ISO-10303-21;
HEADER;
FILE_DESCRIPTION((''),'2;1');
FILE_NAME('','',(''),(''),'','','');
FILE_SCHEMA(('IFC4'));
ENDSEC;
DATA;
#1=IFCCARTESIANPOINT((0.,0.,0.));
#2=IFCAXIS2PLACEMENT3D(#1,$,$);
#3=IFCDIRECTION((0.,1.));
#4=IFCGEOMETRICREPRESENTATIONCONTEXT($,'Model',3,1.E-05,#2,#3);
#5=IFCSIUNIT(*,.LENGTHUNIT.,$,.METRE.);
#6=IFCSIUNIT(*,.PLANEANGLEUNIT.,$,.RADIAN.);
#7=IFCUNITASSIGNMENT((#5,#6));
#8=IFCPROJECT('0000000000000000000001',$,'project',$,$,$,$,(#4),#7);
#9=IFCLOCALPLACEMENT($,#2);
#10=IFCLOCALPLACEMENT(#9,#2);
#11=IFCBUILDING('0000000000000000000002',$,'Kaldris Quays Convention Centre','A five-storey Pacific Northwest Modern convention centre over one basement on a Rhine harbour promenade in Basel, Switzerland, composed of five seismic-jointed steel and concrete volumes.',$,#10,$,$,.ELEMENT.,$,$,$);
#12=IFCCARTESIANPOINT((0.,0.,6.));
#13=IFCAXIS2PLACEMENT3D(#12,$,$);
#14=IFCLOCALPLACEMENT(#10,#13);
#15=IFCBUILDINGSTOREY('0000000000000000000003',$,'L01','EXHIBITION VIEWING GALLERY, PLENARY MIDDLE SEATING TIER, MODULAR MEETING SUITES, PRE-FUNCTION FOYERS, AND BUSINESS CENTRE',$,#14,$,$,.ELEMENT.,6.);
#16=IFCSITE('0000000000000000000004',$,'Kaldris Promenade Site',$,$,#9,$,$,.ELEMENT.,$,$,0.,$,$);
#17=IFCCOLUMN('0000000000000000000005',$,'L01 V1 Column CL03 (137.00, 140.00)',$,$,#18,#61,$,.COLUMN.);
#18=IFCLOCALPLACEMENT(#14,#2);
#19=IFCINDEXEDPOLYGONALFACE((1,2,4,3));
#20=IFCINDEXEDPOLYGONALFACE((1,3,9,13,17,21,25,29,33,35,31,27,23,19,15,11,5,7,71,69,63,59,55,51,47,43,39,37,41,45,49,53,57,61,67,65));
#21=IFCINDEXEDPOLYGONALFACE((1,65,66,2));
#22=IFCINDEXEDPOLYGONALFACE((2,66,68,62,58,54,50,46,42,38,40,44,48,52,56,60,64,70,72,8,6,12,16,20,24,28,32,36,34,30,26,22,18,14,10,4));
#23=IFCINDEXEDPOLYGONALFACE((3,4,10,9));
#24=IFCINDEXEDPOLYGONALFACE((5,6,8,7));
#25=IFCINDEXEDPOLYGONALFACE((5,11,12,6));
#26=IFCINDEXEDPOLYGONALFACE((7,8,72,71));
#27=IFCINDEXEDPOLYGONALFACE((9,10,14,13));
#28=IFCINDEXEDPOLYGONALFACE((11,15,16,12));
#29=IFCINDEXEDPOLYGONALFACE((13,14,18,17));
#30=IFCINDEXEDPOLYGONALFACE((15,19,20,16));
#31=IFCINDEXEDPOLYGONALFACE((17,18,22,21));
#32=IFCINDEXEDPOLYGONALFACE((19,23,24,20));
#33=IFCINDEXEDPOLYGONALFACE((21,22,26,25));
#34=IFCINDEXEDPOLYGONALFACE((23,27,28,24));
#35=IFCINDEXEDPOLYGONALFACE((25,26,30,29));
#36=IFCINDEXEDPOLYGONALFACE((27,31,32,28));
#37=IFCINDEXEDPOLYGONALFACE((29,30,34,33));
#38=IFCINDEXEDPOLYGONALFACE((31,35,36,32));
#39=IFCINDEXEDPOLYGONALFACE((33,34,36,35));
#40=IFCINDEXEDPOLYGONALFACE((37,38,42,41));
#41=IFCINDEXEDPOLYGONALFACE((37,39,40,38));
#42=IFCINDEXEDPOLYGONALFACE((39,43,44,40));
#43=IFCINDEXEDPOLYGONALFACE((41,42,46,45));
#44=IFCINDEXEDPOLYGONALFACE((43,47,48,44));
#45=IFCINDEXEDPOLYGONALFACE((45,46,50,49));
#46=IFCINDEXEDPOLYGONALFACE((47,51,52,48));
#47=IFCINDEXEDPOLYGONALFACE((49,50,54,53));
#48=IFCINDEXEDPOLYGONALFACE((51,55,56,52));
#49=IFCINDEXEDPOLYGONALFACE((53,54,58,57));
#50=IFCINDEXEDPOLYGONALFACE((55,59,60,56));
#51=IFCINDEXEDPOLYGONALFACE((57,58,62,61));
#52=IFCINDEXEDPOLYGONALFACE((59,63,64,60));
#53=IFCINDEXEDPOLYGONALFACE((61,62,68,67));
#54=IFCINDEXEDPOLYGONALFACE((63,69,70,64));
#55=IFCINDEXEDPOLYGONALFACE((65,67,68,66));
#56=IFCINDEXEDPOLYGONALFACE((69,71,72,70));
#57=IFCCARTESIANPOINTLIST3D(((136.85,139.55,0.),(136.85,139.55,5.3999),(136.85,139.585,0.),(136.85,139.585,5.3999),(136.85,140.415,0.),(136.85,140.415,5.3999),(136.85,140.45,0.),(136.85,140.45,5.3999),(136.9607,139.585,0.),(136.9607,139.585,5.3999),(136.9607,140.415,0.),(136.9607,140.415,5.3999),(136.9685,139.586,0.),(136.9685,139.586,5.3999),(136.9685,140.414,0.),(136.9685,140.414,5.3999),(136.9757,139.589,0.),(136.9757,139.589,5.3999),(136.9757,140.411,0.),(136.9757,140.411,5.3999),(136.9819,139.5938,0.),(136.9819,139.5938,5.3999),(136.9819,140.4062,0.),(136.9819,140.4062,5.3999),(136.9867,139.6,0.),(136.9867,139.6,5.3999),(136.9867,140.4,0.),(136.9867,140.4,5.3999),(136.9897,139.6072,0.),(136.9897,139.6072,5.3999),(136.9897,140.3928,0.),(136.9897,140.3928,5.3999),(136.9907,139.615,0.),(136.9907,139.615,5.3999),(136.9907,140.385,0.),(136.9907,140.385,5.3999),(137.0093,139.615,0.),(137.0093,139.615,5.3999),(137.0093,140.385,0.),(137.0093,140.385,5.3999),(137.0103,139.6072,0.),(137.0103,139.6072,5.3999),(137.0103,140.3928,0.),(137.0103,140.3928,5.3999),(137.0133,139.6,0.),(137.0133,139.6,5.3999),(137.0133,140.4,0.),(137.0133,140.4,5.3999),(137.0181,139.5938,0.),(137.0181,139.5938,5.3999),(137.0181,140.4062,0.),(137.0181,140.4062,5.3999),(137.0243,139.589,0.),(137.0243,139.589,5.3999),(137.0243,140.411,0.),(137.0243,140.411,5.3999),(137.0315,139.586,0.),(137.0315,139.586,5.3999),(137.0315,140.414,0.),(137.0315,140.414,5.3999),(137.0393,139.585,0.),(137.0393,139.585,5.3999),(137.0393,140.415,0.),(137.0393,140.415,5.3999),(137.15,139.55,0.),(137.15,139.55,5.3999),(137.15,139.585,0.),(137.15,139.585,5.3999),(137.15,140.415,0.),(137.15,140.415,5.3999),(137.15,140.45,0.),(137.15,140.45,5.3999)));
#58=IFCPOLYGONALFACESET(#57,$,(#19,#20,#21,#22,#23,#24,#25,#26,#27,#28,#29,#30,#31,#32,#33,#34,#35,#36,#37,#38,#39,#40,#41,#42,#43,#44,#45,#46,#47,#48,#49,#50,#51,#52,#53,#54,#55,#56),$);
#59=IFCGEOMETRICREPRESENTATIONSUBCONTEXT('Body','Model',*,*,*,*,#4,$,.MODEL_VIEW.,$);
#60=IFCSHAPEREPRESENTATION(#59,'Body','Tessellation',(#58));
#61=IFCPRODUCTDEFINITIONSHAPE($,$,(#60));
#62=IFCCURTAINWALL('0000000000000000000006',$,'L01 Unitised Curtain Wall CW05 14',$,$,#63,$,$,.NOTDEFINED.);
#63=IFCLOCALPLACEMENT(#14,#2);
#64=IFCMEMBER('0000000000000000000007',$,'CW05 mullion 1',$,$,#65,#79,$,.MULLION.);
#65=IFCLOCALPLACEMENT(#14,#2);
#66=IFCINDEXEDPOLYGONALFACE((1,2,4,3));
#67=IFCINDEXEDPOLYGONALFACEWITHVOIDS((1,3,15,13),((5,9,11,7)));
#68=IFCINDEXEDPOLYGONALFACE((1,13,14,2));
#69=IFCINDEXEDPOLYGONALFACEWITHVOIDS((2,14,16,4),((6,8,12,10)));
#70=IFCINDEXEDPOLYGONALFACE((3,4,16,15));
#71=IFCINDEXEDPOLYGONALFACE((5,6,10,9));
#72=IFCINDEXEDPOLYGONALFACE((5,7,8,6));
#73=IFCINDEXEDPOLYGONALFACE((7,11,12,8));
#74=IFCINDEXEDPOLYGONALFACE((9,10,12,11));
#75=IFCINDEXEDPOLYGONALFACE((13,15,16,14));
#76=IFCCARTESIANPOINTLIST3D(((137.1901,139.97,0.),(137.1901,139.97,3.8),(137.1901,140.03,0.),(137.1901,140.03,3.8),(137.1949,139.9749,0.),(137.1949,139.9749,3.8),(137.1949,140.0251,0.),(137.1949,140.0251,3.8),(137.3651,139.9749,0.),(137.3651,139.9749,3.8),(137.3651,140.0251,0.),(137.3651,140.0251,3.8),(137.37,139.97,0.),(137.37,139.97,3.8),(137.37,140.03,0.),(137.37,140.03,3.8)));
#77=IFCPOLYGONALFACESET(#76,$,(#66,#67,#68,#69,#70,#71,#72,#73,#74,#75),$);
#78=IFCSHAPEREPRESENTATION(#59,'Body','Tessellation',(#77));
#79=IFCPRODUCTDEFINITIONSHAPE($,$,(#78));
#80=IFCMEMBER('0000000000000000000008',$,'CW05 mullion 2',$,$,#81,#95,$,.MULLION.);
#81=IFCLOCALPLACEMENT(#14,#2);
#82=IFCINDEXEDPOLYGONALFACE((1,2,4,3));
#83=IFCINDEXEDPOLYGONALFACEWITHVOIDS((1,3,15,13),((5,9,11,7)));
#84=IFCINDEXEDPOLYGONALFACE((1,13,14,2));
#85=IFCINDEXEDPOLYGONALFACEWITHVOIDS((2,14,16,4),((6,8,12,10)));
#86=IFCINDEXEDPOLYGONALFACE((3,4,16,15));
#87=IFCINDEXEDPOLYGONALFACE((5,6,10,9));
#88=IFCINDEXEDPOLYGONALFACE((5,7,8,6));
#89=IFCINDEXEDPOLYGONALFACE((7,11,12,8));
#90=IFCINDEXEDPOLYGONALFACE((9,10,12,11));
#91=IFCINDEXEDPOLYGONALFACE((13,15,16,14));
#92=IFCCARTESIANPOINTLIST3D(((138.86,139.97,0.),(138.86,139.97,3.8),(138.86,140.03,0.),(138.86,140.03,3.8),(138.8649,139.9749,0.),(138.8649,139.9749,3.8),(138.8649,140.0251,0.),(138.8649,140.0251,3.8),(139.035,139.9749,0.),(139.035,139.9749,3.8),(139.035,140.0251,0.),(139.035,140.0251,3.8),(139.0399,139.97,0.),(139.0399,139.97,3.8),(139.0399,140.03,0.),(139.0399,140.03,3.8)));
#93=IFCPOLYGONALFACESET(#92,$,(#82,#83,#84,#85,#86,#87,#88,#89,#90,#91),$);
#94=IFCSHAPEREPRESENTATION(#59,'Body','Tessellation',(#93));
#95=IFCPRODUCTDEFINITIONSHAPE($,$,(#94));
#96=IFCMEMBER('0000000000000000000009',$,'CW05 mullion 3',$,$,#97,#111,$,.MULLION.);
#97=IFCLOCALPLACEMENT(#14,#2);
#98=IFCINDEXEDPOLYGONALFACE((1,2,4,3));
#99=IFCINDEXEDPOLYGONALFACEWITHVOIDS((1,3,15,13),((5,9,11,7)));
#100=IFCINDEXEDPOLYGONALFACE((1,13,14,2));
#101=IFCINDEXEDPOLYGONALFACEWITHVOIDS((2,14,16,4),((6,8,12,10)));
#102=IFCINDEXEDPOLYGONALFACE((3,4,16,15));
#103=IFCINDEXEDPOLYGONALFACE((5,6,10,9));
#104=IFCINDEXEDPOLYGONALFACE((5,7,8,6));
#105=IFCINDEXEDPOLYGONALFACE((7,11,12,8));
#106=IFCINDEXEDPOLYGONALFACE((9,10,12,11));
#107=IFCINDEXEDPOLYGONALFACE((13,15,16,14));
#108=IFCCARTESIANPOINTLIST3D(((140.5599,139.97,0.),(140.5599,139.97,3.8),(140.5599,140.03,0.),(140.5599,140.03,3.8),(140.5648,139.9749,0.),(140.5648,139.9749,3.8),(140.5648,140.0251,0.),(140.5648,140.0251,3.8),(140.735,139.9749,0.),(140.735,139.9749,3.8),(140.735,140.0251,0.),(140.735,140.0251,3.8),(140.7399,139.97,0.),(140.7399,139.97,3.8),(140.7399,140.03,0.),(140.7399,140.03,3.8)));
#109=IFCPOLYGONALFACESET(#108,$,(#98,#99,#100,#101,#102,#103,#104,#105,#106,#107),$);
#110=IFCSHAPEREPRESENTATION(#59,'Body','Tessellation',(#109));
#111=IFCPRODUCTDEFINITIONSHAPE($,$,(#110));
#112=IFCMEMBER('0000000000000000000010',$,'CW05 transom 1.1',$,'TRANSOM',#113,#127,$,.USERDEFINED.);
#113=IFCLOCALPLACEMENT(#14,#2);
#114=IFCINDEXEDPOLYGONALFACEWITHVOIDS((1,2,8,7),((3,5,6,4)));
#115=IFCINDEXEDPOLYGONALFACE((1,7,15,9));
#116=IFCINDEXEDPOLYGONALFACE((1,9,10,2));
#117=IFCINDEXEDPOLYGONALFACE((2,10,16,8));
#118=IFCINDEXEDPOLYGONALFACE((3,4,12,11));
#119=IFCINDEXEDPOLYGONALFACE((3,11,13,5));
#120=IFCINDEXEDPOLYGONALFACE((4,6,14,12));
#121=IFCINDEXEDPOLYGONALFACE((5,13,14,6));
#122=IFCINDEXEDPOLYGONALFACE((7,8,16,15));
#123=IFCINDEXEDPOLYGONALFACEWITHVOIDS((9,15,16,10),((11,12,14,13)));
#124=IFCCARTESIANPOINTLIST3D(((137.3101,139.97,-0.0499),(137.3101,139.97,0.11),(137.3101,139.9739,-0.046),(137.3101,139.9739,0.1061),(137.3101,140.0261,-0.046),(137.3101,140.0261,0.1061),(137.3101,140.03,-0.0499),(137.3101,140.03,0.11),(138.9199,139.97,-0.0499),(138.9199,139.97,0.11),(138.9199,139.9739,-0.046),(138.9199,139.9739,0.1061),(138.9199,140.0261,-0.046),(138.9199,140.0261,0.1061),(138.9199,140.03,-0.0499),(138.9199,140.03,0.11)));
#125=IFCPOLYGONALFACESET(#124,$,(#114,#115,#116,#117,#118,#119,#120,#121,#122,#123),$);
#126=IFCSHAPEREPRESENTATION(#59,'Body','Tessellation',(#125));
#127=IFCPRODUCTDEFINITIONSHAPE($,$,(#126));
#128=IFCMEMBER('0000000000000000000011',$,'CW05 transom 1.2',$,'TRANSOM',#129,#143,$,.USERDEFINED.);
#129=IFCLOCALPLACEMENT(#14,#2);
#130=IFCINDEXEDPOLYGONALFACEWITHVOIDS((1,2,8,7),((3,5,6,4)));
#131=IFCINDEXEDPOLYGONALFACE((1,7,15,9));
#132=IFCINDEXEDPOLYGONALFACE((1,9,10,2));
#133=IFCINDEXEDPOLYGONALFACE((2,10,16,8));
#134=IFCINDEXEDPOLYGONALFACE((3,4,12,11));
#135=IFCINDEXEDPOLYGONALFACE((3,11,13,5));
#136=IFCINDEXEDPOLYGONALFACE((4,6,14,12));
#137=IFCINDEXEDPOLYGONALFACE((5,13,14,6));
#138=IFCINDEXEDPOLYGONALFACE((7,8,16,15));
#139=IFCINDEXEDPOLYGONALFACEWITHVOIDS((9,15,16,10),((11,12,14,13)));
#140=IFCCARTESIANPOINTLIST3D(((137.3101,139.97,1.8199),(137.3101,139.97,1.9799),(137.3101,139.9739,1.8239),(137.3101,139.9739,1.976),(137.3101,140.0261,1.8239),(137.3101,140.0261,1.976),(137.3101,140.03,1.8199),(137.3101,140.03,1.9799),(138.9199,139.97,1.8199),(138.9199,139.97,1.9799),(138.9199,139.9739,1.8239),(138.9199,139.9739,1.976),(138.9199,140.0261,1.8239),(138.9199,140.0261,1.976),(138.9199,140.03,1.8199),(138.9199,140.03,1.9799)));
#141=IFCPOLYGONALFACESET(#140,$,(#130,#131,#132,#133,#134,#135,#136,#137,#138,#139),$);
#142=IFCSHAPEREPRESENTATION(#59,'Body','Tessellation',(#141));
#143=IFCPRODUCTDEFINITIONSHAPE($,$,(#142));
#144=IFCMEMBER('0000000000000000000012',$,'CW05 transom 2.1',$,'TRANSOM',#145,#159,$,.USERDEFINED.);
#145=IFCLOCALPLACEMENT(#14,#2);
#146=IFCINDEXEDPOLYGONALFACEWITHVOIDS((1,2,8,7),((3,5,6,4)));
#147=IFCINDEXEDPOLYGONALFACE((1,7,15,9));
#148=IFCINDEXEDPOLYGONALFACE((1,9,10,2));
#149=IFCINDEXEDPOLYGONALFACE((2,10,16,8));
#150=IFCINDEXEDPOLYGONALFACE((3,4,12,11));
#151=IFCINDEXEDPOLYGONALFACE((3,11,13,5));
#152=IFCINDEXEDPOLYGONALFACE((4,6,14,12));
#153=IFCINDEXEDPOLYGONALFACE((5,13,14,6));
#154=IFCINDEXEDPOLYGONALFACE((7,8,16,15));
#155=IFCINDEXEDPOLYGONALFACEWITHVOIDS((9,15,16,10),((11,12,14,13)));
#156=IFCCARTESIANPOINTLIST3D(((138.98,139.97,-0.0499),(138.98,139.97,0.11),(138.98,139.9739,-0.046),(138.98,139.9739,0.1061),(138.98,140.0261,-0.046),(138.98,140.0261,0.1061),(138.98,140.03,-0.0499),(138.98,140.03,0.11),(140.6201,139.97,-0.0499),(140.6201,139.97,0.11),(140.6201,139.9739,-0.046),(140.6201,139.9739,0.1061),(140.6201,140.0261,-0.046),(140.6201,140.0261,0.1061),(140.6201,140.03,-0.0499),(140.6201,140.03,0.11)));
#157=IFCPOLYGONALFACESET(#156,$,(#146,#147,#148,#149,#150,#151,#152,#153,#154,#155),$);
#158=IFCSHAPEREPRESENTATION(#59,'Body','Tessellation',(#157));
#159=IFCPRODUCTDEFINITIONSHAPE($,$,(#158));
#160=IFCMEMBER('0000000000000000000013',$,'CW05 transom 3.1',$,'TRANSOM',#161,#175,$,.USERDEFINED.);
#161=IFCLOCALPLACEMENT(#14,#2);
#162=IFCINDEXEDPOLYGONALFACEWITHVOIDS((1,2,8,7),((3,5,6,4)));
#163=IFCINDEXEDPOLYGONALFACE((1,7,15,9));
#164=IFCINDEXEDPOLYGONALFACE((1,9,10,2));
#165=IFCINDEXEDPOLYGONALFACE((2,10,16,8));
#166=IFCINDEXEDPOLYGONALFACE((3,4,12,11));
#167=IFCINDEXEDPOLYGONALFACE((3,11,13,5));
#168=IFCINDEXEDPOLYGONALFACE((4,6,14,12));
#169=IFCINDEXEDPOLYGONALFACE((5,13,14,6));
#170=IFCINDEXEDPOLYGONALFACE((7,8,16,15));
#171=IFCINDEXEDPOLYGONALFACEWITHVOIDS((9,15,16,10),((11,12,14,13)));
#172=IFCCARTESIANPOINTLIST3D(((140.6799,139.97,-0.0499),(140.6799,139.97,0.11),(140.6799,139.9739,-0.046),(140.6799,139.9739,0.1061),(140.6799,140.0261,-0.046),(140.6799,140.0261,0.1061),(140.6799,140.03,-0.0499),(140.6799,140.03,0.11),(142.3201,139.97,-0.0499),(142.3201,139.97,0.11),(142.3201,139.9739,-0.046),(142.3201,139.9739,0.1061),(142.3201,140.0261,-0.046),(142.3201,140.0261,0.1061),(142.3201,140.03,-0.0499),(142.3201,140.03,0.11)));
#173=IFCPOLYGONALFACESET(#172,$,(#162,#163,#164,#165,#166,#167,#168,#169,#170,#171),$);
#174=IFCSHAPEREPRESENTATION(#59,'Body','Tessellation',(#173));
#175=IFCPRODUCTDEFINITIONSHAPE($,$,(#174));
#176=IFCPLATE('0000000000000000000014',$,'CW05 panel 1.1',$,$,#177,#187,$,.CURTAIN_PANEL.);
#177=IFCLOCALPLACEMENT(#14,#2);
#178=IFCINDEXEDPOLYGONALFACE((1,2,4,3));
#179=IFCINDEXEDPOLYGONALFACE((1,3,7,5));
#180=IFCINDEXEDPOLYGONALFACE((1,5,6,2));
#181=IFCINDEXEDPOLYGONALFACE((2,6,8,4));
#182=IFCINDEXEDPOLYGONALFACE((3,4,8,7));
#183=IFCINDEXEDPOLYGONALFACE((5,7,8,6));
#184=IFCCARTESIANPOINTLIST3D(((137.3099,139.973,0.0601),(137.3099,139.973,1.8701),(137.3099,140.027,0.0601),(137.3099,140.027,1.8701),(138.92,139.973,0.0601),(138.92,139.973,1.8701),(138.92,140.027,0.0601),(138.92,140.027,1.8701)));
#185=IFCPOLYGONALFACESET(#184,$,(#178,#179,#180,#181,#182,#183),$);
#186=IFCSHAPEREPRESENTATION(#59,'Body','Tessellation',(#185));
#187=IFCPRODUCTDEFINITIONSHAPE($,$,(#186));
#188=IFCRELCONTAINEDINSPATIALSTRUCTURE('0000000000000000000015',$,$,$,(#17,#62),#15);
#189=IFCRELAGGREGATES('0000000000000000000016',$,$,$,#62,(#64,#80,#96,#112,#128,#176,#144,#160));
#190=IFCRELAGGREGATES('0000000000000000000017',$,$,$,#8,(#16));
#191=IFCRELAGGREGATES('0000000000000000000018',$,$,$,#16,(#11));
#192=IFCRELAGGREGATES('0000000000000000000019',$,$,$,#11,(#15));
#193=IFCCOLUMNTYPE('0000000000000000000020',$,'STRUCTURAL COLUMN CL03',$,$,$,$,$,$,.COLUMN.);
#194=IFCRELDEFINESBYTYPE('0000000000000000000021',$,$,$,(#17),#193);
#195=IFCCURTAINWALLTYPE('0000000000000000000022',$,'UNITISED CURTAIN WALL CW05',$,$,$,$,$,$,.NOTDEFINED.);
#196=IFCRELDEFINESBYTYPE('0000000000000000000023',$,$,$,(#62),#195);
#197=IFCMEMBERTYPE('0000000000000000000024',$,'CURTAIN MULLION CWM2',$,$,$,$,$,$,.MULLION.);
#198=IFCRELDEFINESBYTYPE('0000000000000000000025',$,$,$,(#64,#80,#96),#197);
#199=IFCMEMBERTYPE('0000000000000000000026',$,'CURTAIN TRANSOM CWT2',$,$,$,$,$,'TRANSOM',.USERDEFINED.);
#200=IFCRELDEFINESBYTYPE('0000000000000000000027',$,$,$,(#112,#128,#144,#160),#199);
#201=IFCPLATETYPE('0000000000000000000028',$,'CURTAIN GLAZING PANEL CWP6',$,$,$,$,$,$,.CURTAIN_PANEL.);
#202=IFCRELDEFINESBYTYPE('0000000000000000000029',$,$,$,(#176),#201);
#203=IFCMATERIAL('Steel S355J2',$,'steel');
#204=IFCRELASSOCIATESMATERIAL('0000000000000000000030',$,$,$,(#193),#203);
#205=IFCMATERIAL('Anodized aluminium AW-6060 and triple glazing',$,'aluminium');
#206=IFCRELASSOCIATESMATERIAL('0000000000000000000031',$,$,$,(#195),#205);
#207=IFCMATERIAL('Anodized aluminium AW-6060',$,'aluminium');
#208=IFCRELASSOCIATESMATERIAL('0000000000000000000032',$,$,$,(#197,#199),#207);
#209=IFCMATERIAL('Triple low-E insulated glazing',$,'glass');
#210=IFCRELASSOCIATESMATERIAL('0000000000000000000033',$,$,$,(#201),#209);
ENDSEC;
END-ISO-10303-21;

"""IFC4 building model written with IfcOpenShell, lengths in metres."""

from ifc_helpers import new_model, si_unit, direction, frame, origin, origin_2d, place, context, subcontext, project, spatial, rectangle, hollow_rectangle, i_section, extrude, material, material_profile, profile_set, type_object, element, aggregate, save


model = new_model("IFC4")

# Units and contexts
model_context = context("Model", 3, precision=1e-05, world=origin(), true_north=direction((0.0, 1.0)))
body_context = subcontext(model_context, "Body", "Model", "MODEL_VIEW")
ifc_project = project(units=[si_unit("LENGTHUNIT", "METRE"), si_unit("PLANEANGLEUNIT", "RADIAN")], contexts=[model_context])

# Site, building, storey
site_placement = place(None, origin())
site = spatial("IfcSite", under=ifc_project, at=site_placement, Name="Kaldris Promenade Site", CompositionType="ELEMENT", RefElevation=0.0)
building_placement = place(site_placement, origin())
building = spatial("IfcBuilding", under=site, at=building_placement, Name="Kaldris Quays Convention Centre", Description="A five-storey Pacific Northwest Modern convention centre over one basement on a Rhine harbour promenade in Basel, Switzerland, composed of five seismic-jointed steel and concrete volumes.", CompositionType="ELEMENT")
storey_placement = place(building_placement, frame((0.0, 0.0, 6.0)))
storey = spatial("IfcBuildingStorey", under=building, at=storey_placement, Name="L01", Description="EXHIBITION VIEWING GALLERY, PLENARY MIDDLE SEATING TIER, MODULAR MEETING SUITES, PRE-FUNCTION FOYERS, AND BUSINESS CENTRE", CompositionType="ELEMENT", Elevation=6.0)

# Column
ifc_material_1 = material(Name="Steel S355J2", Category="steel")
ifc_material_profile_1 = material_profile(ifc_material_1, i_section(OverallWidth=0.3, OverallDepth=0.8999, WebThickness=0.0186, FlangeThickness=0.0349, FilletRadius=0.03, at=origin_2d()), Name="HEB 900")
ifc_profile_set_1 = profile_set([ifc_material_profile_1], Name="Steel S355J2")
column_type = type_object("IfcColumnType", Name="STRUCTURAL COLUMN CL03", PredefinedType="COLUMN", material=ifc_profile_set_1)
column_placement = place(storey_placement, frame((137.0, 140.0, 0.0), z_axis=(0.0, 0.0, 1.0), x_axis=(1.0, 0.0, 0.0)))
element("IfcColumn", 1, at=column_placement, inside=storey, type_object=column_type, Name="L01 V1 Column CL03 (137.00, 140.00)", PredefinedType="COLUMN", context=body_context, shape_type="SweptSolid", body=[
    extrude(i_section(OverallWidth=0.3, OverallDepth=0.8999, WebThickness=0.0186, FlangeThickness=0.0349, FilletRadius=0.03, at=origin_2d()), origin(), (0.0, 0.0, 1.0), 5.3999),
])

# Curtain wall, members, plate
ifc_material_2 = material(Name="Anodized aluminium AW-6060 and triple glazing", Category="aluminium")
curtain_wall_type = type_object("IfcCurtainWallType", Name="UNITISED CURTAIN WALL CW05", PredefinedType="NOTDEFINED", material=ifc_material_2)
curtain_wall_placement = place(storey_placement, origin())
curtain_wall = element("IfcCurtainWall", 2, at=curtain_wall_placement, inside=storey, type_object=curtain_wall_type, Name="L01 Unitised Curtain Wall CW05 14", PredefinedType="NOTDEFINED")
ifc_material_3 = material(Name="Anodized aluminium AW-6060", Category="aluminium")
ifc_material_profile_2 = material_profile(ifc_material_3, hollow_rectangle(XDim=0.0601, YDim=0.1799, WallThickness=0.0049, at=origin_2d()), Name="RHS 180x60x5")
ifc_profile_set_2 = profile_set([ifc_material_profile_2], Name="Anodized aluminium AW-6060")
member_type_1 = type_object("IfcMemberType", Name="CURTAIN MULLION CWM2", PredefinedType="MULLION", material=ifc_profile_set_2)
member_1_placement = place(storey_placement, frame((137.28, 140.0, 0.0), z_axis=(0.0, 0.0, 1.0), x_axis=(0.0, 1.0, 0.0)))
member_1 = element("IfcMember", 3, at=member_1_placement, type_object=member_type_1, Name="CW05 mullion 1", PredefinedType="MULLION", context=body_context, shape_type="SweptSolid", body=[
    extrude(hollow_rectangle(XDim=0.0601, YDim=0.1799, WallThickness=0.0049, at=origin_2d()), origin(), (0.0, 0.0, 1.0), 3.8),
])
member_2_placement = place(storey_placement, frame((138.95, 140.0, 0.0), z_axis=(0.0, 0.0, 1.0), x_axis=(0.0, 1.0, 0.0)))
member_2 = element("IfcMember", 4, at=member_2_placement, type_object=member_type_1, Name="CW05 mullion 2", PredefinedType="MULLION", context=body_context, shape_type="SweptSolid", body=[
    extrude(hollow_rectangle(XDim=0.0601, YDim=0.1799, WallThickness=0.0049, at=origin_2d()), origin(), (0.0, 0.0, 1.0), 3.8),
])
member_3_placement = place(storey_placement, frame((140.6499, 140.0, 0.0), z_axis=(0.0, 0.0, 1.0), x_axis=(0.0, 1.0, 0.0)))
member_3 = element("IfcMember", 5, at=member_3_placement, type_object=member_type_1, Name="CW05 mullion 3", PredefinedType="MULLION", context=body_context, shape_type="SweptSolid", body=[
    extrude(hollow_rectangle(XDim=0.0601, YDim=0.1799, WallThickness=0.0049, at=origin_2d()), origin(), (0.0, 0.0, 1.0), 3.8),
])
ifc_material_profile_3 = material_profile(ifc_material_3, hollow_rectangle(XDim=0.0601, YDim=0.1599, WallThickness=0.0039, at=origin_2d()), Name="RHS 160x60x4")
ifc_profile_set_3 = profile_set([ifc_material_profile_3], Name="Anodized aluminium AW-6060")
member_type_2 = type_object("IfcMemberType", Name="CURTAIN TRANSOM CWT2", ElementType="TRANSOM", PredefinedType="USERDEFINED", material=ifc_profile_set_3)
member_4_placement = place(storey_placement, frame((137.3101, 140.0, 0.03), z_axis=(1.0, 0.0, 0.0), x_axis=(0.0, 1.0, 0.0)))
member_4 = element("IfcMember", 6, at=member_4_placement, type_object=member_type_2, Name="CW05 transom 1.1", ObjectType="TRANSOM", PredefinedType="USERDEFINED", context=body_context, shape_type="SweptSolid", body=[
    extrude(hollow_rectangle(XDim=0.0601, YDim=0.1599, WallThickness=0.0039, at=origin_2d()), origin(), (0.0, 0.0, 1.0), 1.6099),
])
member_5_placement = place(storey_placement, frame((137.3101, 140.0, 1.8999), z_axis=(1.0, 0.0, 0.0), x_axis=(0.0, 1.0, 0.0)))
member_5 = element("IfcMember", 7, at=member_5_placement, type_object=member_type_2, Name="CW05 transom 1.2", ObjectType="TRANSOM", PredefinedType="USERDEFINED", context=body_context, shape_type="SweptSolid", body=[
    extrude(hollow_rectangle(XDim=0.0601, YDim=0.1599, WallThickness=0.0039, at=origin_2d()), origin(), (0.0, 0.0, 1.0), 1.6099),
])
member_6_placement = place(storey_placement, frame((138.98, 140.0, 0.03), z_axis=(1.0, 0.0, 0.0), x_axis=(0.0, 1.0, 0.0)))
member_6 = element("IfcMember", 8, at=member_6_placement, type_object=member_type_2, Name="CW05 transom 2.1", ObjectType="TRANSOM", PredefinedType="USERDEFINED", context=body_context, shape_type="SweptSolid", body=[
    extrude(hollow_rectangle(XDim=0.0601, YDim=0.1599, WallThickness=0.0039, at=origin_2d()), origin(), (0.0, 0.0, 1.0), 1.6401),
])
member_7_placement = place(storey_placement, frame((140.6799, 140.0, 0.03), z_axis=(1.0, 0.0, 0.0), x_axis=(0.0, 1.0, 0.0)))
member_7 = element("IfcMember", 9, at=member_7_placement, type_object=member_type_2, Name="CW05 transom 3.1", ObjectType="TRANSOM", PredefinedType="USERDEFINED", context=body_context, shape_type="SweptSolid", body=[
    extrude(hollow_rectangle(XDim=0.0601, YDim=0.1599, WallThickness=0.0039, at=origin_2d()), origin(), (0.0, 0.0, 1.0), 1.6401),
])
ifc_material_4 = material(Name="Triple low-E insulated glazing", Category="glass")
plate_type = type_object("IfcPlateType", Name="CURTAIN GLAZING PANEL CWP6", PredefinedType="CURTAIN_PANEL", material=ifc_material_4)
plate_1_placement = place(storey_placement, frame((138.115, 140.0, 0.0601), z_axis=(0.0, 0.0, 1.0), x_axis=(1.0, 0.0, 0.0)))
plate_1 = element("IfcPlate", 10, at=plate_1_placement, type_object=plate_type, Name="CW05 panel 1.1", PredefinedType="CURTAIN_PANEL", context=body_context, shape_type="SweptSolid", body=[
    extrude(rectangle(XDim=1.6101, YDim=0.054, at=origin_2d()), origin(), (0.0, 0.0, 1.0), 1.8101),
])
aggregate(curtain_wall, [member_1, member_2, member_3, member_4, member_5, plate_1, member_6, member_7])

save(model, "model.ifc")
